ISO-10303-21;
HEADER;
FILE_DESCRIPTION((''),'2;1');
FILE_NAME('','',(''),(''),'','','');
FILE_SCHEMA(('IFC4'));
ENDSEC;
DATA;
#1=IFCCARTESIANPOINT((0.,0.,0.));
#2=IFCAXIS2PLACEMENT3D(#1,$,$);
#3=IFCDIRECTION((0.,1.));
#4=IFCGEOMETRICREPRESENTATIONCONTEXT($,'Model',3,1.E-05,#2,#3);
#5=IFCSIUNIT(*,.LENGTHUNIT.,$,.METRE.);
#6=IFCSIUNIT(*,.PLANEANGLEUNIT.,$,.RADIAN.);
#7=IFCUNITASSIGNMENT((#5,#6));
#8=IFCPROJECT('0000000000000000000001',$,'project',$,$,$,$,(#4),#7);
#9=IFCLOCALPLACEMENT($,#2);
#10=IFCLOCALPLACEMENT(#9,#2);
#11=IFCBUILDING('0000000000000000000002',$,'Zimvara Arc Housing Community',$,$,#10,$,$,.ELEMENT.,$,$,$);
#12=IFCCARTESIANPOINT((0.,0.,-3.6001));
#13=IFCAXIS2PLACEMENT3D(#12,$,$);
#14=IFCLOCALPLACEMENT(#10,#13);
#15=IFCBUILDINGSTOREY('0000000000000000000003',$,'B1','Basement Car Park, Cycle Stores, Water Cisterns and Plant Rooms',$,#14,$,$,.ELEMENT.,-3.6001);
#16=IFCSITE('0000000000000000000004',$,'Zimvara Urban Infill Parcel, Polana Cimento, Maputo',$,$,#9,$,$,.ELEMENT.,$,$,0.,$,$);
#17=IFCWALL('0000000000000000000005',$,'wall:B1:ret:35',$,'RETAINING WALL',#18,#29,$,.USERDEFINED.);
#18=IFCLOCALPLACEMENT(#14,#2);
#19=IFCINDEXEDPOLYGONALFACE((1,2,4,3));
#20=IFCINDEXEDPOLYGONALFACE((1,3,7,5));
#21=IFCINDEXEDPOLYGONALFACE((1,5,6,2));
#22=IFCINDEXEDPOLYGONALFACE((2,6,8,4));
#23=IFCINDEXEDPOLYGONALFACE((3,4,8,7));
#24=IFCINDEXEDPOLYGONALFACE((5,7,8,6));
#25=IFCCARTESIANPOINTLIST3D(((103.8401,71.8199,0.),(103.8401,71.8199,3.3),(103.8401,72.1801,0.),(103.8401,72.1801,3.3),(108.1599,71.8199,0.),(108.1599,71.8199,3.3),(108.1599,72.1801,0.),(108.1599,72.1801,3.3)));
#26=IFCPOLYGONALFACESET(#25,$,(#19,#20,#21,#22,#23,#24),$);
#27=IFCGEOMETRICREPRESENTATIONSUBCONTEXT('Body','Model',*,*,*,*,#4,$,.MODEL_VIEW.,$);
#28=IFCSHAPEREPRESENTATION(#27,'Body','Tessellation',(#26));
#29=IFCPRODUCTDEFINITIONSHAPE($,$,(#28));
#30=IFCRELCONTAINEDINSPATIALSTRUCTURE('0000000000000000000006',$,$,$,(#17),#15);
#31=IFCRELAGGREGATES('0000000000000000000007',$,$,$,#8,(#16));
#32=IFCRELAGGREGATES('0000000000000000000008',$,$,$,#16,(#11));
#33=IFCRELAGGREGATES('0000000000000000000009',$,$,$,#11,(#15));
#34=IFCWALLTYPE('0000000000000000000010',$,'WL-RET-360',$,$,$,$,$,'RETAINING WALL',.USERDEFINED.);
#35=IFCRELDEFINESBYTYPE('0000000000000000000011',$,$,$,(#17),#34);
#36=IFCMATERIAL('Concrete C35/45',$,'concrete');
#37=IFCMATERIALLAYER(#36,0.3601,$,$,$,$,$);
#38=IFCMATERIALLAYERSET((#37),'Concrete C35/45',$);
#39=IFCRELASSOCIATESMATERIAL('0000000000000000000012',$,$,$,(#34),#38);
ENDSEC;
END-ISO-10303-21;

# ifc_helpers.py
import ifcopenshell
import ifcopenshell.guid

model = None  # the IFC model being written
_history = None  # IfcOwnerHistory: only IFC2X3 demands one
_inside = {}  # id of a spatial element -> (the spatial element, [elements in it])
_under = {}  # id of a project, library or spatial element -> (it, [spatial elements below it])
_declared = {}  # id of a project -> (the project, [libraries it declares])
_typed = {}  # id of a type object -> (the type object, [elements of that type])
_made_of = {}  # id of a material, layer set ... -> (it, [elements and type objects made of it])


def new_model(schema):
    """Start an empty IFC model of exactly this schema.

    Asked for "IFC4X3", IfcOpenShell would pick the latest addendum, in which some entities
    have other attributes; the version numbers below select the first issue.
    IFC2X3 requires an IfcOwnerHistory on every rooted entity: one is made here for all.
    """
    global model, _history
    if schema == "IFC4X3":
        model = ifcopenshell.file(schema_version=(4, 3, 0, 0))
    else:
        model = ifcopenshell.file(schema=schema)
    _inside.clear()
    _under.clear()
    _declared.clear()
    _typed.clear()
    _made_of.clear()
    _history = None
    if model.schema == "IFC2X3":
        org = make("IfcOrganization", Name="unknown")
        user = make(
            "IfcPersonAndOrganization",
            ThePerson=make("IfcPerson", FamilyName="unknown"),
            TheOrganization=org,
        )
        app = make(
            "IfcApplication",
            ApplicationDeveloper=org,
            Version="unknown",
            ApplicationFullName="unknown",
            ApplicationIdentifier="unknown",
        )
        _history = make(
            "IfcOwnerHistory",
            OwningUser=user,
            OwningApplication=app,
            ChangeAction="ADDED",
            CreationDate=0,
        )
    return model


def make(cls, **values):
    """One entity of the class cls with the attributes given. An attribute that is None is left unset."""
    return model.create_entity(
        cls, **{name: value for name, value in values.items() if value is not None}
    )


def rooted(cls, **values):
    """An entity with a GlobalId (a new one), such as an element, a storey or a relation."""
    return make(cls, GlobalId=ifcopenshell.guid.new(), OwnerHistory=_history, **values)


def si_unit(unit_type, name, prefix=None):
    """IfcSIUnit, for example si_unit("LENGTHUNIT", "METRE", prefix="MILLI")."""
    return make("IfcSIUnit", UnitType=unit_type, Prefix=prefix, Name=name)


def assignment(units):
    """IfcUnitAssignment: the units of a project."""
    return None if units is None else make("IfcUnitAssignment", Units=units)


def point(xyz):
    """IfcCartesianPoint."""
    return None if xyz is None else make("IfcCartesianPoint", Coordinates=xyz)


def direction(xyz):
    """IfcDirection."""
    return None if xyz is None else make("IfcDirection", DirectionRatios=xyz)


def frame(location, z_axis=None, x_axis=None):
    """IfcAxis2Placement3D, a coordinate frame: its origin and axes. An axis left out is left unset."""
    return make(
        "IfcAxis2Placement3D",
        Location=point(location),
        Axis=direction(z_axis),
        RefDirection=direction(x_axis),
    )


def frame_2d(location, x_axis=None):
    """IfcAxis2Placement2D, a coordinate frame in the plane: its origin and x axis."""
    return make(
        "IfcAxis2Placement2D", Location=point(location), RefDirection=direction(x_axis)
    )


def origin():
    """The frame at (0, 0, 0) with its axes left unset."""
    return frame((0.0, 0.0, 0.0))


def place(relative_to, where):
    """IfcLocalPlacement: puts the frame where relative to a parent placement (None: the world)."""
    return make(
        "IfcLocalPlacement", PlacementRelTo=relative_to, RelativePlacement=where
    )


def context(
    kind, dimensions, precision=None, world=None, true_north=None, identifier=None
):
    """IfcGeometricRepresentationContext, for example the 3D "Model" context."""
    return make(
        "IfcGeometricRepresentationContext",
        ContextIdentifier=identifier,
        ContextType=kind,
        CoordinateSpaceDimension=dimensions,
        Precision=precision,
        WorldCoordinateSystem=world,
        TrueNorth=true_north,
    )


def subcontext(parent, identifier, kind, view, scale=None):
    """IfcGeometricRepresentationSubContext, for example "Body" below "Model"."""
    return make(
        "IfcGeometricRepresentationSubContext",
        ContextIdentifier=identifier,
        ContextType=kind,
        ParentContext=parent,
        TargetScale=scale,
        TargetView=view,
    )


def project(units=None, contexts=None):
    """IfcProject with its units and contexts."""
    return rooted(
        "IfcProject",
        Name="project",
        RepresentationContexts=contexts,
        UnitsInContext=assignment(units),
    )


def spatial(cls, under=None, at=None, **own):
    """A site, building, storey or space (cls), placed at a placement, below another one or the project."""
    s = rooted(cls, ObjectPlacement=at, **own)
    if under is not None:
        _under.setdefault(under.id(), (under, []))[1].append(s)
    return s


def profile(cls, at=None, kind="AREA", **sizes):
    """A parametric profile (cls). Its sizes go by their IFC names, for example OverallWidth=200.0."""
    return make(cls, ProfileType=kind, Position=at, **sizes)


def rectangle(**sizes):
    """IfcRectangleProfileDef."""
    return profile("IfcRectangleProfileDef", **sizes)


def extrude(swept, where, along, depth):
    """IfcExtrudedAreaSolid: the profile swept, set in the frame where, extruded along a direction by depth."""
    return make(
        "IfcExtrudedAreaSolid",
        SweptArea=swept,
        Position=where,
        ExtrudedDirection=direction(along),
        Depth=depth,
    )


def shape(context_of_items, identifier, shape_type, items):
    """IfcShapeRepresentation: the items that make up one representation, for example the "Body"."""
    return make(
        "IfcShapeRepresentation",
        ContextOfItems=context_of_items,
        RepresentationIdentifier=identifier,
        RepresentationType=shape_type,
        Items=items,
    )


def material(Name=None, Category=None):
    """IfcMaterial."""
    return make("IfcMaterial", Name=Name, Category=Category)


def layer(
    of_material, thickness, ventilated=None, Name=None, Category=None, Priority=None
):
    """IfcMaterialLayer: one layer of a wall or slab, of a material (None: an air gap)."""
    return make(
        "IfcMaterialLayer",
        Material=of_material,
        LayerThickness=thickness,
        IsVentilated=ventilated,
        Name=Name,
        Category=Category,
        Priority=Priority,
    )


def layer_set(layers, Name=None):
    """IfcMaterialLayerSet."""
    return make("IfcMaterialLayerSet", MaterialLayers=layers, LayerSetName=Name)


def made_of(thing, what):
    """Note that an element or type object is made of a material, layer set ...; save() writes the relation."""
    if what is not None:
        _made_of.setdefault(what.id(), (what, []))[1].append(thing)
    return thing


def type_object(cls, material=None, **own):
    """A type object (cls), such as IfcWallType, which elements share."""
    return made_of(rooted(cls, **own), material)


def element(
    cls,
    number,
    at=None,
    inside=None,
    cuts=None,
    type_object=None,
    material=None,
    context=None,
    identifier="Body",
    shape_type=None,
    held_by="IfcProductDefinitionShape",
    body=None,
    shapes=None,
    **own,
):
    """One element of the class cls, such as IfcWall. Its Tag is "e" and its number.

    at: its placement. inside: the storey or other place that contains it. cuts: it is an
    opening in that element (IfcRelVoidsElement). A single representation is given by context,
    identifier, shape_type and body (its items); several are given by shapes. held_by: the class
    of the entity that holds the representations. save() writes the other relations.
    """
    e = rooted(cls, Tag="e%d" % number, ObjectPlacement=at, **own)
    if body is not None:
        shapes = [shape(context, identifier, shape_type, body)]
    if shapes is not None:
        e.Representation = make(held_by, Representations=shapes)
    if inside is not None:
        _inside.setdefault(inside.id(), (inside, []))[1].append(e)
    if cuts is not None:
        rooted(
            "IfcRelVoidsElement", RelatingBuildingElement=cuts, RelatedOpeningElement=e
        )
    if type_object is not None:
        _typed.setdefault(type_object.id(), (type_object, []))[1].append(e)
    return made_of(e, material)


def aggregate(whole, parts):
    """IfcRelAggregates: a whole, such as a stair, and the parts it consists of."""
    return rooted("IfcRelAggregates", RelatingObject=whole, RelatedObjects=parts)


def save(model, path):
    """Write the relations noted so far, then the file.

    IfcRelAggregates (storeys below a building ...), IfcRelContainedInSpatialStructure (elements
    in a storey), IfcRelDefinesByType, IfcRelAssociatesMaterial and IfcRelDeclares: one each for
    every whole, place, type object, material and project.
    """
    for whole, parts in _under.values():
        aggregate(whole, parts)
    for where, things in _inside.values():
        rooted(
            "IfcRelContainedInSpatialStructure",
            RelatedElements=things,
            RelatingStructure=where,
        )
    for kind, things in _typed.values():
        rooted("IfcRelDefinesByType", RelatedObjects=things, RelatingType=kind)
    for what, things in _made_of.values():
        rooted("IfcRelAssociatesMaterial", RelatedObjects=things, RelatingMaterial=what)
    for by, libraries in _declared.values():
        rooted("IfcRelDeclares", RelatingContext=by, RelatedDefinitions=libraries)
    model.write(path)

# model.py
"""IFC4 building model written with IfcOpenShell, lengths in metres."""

from ifc_helpers import new_model, si_unit, direction, frame, frame_2d, origin, place, context, subcontext, project, spatial, rectangle, extrude, material, layer, layer_set, type_object, element, save


model = new_model("IFC4")

# Units and contexts
model_context = context("Model", 3, precision=1e-05, world=origin(), true_north=direction((0.0, 1.0)))
body_context = subcontext(model_context, "Body", "Model", "MODEL_VIEW")
ifc_project = project(units=[si_unit("LENGTHUNIT", "METRE"), si_unit("PLANEANGLEUNIT", "RADIAN")], contexts=[model_context])

# Site, building, storey
site_placement = place(None, origin())
site = spatial("IfcSite", under=ifc_project, at=site_placement, Name="Zimvara Urban Infill Parcel, Polana Cimento, Maputo", CompositionType="ELEMENT", RefElevation=0.0)
building_placement = place(site_placement, origin())
building = spatial("IfcBuilding", under=site, at=building_placement, Name="Zimvara Arc Housing Community", CompositionType="ELEMENT")
storey_placement = place(building_placement, frame((0.0, 0.0, -3.6001)))
storey = spatial("IfcBuildingStorey", under=building, at=storey_placement, Name="B1", Description="Basement Car Park, Cycle Stores, Water Cisterns and Plant Rooms", CompositionType="ELEMENT", Elevation=-3.6001)

# Wall
ifc_material_1 = material(Name="Concrete C35/45", Category="concrete")
ifc_layer_1 = layer(ifc_material_1, 0.3601)
ifc_layer_set_1 = layer_set([ifc_layer_1], Name="Concrete C35/45")
wall_type_1 = type_object("IfcWallType", Name="WL-RET-360", ElementType="RETAINING WALL", PredefinedType="USERDEFINED", material=ifc_layer_set_1)
wall_placement = place(storey_placement, frame((108.1599, 72.0, 0.0), z_axis=(0.0, 0.0, 1.0), x_axis=(-1.0, 0.0, 0.0)))
element("IfcWall", 1, at=wall_placement, inside=storey, type_object=wall_type_1, Name="wall:B1:ret:35", ObjectType="RETAINING WALL", PredefinedType="USERDEFINED", context=body_context, shape_type="SweptSolid", body=[
    extrude(rectangle(XDim=4.3198, YDim=0.3601, at=frame_2d((2.1599, 0.0))), origin(), (0.0, 0.0, 1.0), 3.3),
])

save(model, "model.ifc")
